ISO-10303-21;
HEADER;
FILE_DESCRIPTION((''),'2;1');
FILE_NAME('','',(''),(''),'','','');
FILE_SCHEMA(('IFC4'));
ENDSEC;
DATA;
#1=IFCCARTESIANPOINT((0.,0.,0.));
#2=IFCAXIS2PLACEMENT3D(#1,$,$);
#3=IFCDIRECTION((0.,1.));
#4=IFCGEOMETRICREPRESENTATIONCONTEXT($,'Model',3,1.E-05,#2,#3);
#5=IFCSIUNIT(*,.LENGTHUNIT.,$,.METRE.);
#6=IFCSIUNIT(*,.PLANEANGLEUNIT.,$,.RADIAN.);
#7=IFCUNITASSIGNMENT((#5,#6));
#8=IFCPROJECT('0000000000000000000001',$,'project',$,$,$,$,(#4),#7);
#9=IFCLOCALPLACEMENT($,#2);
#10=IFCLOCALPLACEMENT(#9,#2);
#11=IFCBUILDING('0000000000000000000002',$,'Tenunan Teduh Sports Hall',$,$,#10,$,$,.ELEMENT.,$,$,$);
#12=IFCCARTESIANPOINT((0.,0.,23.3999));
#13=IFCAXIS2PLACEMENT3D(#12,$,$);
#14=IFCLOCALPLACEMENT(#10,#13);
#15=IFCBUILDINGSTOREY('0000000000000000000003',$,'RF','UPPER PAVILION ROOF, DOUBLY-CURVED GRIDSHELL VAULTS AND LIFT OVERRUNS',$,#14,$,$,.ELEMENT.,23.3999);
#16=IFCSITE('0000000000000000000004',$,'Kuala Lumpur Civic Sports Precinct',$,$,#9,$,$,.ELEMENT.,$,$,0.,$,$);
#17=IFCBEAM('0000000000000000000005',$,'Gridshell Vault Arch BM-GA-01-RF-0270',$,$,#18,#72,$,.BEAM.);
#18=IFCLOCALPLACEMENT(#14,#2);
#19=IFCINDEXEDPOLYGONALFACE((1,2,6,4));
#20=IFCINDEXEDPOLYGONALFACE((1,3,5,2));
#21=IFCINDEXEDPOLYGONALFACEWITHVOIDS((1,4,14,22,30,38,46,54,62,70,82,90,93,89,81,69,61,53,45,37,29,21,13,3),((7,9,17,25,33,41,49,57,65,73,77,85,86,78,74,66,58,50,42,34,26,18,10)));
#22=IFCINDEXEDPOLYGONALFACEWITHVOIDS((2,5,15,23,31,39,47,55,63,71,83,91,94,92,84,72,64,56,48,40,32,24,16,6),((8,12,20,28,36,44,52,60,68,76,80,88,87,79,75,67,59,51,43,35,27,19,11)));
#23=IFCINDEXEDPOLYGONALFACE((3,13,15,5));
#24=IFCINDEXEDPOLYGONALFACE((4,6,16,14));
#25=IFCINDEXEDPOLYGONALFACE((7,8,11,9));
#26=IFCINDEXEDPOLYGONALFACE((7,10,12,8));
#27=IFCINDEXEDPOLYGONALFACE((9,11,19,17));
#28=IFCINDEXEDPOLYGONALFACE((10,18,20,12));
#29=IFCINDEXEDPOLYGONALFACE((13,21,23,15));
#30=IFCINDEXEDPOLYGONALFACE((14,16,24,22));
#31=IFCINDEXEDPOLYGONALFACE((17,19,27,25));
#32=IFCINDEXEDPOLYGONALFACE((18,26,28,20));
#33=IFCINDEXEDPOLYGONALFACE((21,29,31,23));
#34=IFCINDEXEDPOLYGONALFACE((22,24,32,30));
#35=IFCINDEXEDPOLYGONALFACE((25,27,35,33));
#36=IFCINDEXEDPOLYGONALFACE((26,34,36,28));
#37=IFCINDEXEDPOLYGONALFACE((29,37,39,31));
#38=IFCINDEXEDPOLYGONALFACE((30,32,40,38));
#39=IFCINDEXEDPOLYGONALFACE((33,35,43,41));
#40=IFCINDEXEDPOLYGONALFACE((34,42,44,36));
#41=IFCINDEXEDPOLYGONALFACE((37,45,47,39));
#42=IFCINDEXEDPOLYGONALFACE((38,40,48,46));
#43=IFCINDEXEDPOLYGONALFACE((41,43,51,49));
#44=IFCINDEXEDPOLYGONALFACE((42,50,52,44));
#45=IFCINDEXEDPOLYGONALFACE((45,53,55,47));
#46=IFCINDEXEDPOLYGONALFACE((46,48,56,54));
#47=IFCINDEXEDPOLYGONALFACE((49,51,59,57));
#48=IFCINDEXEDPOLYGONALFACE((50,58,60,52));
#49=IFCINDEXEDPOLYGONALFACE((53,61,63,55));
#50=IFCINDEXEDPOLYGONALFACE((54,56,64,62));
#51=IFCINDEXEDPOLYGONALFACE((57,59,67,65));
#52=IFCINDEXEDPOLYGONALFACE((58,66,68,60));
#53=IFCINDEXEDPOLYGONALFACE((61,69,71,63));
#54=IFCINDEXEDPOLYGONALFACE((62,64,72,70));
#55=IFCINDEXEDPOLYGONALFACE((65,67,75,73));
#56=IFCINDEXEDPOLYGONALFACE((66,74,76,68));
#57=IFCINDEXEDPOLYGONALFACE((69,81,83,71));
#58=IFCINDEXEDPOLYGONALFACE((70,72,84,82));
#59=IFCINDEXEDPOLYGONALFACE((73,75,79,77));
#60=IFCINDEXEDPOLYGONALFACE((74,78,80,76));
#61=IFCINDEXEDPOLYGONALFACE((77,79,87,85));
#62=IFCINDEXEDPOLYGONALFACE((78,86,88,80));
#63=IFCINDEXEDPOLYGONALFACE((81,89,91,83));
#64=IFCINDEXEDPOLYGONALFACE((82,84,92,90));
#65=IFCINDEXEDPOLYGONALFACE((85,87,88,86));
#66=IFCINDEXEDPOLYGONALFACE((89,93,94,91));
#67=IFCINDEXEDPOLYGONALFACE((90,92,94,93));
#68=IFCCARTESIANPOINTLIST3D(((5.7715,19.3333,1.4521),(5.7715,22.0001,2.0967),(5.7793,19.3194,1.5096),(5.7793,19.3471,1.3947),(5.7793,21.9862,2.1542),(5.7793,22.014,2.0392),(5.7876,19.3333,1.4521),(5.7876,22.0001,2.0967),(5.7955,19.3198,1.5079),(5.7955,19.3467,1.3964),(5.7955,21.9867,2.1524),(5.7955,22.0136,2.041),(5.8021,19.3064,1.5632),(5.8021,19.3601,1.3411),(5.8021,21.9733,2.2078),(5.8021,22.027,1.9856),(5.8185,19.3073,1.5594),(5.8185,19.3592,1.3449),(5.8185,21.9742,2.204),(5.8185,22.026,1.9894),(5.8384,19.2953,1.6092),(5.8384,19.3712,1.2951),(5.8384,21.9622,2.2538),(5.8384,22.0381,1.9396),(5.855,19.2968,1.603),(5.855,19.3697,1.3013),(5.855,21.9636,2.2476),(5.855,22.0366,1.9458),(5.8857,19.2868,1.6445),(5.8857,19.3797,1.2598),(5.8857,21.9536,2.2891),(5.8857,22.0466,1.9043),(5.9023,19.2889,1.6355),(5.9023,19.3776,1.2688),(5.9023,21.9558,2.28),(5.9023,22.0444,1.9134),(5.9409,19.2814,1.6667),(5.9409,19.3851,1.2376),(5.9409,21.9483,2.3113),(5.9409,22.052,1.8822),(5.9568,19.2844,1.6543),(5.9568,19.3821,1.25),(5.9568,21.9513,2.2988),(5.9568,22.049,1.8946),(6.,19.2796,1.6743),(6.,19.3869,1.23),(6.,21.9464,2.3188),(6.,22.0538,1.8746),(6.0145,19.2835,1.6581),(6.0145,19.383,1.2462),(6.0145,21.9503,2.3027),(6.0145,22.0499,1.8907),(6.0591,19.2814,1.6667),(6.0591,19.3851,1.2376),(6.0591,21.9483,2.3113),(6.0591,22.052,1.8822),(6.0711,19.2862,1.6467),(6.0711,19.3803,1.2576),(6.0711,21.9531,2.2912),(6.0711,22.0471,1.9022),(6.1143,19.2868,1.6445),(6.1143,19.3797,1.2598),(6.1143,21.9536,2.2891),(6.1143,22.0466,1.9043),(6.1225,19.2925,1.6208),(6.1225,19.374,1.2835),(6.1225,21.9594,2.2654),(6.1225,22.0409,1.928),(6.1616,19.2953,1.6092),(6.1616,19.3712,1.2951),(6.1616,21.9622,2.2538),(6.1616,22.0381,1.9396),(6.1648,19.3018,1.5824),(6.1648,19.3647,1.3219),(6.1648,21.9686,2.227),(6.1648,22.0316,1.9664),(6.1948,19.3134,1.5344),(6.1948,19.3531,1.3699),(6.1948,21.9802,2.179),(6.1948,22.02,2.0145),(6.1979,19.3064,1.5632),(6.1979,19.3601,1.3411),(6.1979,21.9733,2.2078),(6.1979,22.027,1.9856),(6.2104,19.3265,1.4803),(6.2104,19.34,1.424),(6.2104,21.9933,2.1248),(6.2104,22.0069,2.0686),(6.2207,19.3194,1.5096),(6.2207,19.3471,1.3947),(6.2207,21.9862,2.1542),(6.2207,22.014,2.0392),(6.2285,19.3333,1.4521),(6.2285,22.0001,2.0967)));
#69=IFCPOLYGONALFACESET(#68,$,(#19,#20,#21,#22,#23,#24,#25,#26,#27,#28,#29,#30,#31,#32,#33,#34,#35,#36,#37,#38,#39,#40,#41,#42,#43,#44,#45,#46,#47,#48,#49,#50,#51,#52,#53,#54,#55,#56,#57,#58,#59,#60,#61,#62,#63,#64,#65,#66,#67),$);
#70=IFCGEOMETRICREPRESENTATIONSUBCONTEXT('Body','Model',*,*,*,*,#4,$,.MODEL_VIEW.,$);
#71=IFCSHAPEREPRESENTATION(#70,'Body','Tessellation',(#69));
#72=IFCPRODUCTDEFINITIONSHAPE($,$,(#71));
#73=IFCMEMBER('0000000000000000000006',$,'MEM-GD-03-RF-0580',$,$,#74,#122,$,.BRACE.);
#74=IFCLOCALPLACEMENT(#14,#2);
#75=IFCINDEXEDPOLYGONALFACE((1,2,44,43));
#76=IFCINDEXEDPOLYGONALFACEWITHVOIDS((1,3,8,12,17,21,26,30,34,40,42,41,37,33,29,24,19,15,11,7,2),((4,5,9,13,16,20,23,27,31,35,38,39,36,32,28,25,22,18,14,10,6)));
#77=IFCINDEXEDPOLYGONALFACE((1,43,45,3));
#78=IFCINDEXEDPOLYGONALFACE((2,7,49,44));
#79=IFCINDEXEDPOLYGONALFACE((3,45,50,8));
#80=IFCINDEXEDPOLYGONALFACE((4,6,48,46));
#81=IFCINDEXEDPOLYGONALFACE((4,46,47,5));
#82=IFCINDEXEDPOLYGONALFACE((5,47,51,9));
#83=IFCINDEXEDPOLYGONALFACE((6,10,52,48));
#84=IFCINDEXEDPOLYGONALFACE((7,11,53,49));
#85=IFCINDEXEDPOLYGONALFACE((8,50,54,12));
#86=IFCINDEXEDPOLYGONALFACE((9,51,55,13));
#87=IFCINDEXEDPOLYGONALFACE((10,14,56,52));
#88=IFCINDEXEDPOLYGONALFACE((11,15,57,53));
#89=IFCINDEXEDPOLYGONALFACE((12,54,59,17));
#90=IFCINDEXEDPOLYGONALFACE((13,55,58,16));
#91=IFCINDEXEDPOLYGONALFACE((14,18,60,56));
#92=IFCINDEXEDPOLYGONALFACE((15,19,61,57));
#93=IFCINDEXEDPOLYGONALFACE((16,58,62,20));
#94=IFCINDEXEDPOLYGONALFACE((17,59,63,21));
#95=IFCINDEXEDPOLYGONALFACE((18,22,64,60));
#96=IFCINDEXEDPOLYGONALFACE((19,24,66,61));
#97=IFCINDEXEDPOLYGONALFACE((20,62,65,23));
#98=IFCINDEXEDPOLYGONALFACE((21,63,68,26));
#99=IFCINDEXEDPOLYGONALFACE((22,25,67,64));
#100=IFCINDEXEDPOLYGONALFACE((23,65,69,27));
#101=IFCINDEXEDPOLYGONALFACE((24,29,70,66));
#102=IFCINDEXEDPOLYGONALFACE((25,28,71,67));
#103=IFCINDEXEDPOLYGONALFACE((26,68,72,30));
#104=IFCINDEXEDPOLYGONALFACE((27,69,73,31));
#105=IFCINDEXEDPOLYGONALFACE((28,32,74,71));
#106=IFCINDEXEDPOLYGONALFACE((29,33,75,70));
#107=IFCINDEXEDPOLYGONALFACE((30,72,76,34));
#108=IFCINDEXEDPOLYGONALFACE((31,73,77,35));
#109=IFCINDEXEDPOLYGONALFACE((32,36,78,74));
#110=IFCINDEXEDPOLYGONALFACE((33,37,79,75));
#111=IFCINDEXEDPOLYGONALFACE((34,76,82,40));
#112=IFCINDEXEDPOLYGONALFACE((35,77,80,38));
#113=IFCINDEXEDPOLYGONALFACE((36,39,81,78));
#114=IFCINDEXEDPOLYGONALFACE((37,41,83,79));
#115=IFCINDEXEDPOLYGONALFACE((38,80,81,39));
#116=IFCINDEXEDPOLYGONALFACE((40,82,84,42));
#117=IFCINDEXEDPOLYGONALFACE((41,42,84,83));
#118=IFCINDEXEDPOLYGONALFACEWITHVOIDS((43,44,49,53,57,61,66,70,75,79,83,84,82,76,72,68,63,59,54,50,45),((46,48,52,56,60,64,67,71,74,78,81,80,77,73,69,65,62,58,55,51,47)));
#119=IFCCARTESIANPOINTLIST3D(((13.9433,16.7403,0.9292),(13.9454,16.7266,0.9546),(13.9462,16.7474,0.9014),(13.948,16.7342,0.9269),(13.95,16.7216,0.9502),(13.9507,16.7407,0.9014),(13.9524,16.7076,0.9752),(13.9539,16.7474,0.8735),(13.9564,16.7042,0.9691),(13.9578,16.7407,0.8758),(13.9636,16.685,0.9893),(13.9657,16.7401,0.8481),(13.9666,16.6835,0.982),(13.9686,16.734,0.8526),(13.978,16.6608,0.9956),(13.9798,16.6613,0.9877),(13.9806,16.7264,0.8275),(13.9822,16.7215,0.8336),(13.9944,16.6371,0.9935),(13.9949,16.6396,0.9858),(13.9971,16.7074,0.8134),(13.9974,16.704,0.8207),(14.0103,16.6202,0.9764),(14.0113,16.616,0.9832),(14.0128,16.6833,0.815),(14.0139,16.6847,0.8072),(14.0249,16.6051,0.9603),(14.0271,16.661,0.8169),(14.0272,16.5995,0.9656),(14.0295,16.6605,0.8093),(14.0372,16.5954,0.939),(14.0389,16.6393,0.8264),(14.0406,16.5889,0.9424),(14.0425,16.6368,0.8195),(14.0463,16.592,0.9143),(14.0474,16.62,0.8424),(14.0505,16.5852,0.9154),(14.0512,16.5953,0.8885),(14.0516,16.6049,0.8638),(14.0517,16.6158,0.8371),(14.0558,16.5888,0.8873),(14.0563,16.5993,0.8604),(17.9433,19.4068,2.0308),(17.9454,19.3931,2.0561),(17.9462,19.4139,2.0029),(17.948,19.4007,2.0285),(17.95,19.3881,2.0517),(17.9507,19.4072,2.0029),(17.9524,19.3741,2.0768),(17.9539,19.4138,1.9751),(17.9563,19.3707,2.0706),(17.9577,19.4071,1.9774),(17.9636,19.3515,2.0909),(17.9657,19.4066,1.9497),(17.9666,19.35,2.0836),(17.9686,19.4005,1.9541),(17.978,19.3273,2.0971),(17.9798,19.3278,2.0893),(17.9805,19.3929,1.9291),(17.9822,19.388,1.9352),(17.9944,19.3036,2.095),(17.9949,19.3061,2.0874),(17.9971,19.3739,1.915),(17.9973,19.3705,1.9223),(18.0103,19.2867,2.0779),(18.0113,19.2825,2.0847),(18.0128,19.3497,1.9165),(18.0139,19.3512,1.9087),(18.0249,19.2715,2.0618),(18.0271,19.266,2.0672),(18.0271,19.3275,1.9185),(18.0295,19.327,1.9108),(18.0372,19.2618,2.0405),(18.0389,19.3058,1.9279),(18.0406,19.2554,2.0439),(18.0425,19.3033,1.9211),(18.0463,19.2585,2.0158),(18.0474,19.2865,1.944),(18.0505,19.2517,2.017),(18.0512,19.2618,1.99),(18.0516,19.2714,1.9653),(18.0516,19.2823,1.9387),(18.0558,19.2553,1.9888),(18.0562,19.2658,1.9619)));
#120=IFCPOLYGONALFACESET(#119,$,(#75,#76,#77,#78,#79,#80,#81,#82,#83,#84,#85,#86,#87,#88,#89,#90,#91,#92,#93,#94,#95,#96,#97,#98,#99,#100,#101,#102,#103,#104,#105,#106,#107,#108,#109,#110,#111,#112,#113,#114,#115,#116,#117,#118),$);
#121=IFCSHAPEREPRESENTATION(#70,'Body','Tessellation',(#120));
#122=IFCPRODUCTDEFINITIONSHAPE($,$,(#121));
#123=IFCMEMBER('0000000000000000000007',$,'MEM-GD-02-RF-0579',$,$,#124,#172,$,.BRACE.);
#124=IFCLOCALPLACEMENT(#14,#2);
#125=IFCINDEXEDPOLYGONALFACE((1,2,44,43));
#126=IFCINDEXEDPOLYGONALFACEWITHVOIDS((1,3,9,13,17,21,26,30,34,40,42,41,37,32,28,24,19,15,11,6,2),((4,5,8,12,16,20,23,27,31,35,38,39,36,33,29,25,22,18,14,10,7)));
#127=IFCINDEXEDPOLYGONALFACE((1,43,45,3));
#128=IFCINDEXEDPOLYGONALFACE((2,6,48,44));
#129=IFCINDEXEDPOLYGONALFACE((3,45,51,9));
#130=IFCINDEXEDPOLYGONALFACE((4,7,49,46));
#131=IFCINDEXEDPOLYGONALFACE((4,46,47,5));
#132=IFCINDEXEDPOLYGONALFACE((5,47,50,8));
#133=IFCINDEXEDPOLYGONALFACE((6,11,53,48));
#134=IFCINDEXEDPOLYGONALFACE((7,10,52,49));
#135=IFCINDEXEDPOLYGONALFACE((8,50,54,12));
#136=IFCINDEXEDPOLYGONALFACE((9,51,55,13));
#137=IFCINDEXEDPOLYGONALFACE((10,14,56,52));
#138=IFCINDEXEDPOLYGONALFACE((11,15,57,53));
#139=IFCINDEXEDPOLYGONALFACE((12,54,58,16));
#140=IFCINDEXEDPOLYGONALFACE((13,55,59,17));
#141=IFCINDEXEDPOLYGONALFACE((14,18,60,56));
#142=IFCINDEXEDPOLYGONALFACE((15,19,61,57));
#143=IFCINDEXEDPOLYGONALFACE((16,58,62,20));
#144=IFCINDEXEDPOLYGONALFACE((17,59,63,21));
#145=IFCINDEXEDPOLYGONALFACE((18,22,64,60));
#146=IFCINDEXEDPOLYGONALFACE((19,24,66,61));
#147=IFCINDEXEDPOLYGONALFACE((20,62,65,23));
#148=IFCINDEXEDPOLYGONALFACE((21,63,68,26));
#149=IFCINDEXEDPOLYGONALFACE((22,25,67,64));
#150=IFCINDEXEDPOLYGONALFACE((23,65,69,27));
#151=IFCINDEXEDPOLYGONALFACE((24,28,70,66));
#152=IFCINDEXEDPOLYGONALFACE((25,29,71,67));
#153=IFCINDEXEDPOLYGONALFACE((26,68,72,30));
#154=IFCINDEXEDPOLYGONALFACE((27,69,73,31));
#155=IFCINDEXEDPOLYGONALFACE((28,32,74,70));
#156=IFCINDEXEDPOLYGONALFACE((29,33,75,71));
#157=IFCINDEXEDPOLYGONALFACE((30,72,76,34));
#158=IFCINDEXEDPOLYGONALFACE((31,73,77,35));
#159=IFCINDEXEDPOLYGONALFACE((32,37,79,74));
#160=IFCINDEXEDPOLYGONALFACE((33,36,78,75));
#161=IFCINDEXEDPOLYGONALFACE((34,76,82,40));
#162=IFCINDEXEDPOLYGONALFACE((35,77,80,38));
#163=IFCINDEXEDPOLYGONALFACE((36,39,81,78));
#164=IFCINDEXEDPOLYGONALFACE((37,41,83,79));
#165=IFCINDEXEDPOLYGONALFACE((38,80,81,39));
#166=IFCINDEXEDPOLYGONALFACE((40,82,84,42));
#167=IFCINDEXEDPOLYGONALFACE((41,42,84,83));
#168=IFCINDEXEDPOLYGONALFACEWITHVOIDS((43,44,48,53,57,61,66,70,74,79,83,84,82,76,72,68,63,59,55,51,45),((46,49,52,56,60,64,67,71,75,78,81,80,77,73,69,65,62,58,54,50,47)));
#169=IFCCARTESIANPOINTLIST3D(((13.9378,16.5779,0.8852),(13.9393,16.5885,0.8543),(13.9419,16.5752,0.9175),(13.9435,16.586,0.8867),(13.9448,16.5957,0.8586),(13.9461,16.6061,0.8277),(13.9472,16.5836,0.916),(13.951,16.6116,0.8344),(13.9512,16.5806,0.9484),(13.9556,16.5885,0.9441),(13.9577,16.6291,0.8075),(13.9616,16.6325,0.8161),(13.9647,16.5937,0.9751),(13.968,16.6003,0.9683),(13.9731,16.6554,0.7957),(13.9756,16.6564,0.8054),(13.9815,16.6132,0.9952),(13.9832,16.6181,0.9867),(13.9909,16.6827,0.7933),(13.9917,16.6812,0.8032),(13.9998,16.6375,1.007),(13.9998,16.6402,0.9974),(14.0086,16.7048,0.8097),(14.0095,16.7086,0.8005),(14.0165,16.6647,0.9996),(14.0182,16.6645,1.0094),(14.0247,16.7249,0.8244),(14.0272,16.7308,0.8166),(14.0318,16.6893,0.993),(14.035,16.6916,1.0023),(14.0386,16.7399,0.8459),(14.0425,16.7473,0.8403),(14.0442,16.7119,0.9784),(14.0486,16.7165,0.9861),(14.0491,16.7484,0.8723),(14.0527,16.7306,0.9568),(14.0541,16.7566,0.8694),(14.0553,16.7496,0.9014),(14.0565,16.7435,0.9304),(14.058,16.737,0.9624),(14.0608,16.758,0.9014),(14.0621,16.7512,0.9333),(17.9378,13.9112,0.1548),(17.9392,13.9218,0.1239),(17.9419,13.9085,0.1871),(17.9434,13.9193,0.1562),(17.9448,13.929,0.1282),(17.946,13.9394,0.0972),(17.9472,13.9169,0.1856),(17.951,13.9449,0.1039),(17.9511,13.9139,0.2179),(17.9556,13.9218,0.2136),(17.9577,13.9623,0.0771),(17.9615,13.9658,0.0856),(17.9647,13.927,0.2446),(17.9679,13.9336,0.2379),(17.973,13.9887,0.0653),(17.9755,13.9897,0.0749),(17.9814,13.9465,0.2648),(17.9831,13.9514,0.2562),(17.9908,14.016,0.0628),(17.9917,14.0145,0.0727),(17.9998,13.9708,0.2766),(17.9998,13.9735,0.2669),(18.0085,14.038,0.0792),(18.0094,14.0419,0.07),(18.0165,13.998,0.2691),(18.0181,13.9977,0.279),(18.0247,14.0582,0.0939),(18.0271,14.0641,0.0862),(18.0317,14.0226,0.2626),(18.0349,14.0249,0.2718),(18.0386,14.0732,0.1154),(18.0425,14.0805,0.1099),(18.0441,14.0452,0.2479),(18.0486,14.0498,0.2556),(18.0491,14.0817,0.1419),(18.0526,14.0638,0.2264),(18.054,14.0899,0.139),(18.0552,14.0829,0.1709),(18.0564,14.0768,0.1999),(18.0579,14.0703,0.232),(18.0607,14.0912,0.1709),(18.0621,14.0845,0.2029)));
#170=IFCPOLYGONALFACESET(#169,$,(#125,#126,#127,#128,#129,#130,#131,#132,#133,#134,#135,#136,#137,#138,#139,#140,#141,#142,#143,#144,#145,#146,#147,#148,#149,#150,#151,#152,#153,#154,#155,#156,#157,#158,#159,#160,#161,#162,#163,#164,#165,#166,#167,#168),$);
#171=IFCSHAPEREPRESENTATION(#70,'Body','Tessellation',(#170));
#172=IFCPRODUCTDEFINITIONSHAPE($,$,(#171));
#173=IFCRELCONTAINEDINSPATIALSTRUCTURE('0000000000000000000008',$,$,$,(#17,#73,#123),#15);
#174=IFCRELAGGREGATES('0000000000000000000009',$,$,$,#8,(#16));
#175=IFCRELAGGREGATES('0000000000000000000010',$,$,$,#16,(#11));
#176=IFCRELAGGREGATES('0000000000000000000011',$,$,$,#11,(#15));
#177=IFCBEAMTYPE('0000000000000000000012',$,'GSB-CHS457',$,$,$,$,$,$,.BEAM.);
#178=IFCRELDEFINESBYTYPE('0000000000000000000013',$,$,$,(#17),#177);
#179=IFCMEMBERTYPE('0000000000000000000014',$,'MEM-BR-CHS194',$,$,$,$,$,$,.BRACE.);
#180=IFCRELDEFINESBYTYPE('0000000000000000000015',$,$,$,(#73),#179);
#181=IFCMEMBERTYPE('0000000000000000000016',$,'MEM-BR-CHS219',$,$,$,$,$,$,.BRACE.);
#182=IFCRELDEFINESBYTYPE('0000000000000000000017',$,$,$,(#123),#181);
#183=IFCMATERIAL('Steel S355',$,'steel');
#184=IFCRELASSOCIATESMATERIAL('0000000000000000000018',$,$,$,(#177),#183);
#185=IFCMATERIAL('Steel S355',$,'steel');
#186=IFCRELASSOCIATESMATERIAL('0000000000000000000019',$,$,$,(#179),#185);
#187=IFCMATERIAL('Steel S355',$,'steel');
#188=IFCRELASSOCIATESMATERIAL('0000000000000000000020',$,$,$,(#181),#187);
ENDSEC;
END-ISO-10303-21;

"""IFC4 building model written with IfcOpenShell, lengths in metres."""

from ifc_helpers import new_model, si_unit, direction, frame, origin, origin_2d, place, context, subcontext, project, spatial, hollow_circle, extrude, material, material_profile, profile_set, type_object, element, save


model = new_model("IFC4")

# Units and contexts
model_context = context("Model", 3, precision=1e-05, world=origin(), true_north=direction((0.0, 1.0)))
body_context = subcontext(model_context, "Body", "Model", "MODEL_VIEW")
ifc_project = project(units=[si_unit("LENGTHUNIT", "METRE"), si_unit("PLANEANGLEUNIT", "RADIAN")], contexts=[model_context])

# Site, building, storey
site_placement = place(None, origin())
site = spatial("IfcSite", under=ifc_project, at=site_placement, Name="Kuala Lumpur Civic Sports Precinct", CompositionType="ELEMENT", RefElevation=0.0)
building_placement = place(site_placement, origin())
building = spatial("IfcBuilding", under=site, at=building_placement, Name="Tenunan Teduh Sports Hall", CompositionType="ELEMENT")
storey_placement = place(building_placement, frame((0.0, 0.0, 23.3999)))
storey = spatial("IfcBuildingStorey", under=building, at=storey_placement, Name="RF", Description="UPPER PAVILION ROOF, DOUBLY-CURVED GRIDSHELL VAULTS AND LIFT OVERRUNS", CompositionType="ELEMENT", Elevation=23.3999)

# Beam
ifc_material_1 = material(Name="Steel S355", Category="steel")
ifc_material_profile_1 = material_profile(ifc_material_1, hollow_circle(Radius=0.2285, WallThickness=0.0161, at=origin_2d()), Name="CHS 457.0x16.0")
ifc_profile_set_1 = profile_set([ifc_material_profile_1], Name="Steel S355")
beam_type_1 = type_object("IfcBeamType", Name="GSB-CHS457", PredefinedType="BEAM", material=ifc_profile_set_1)
beam_1_placement = place(storey_placement, frame((6.0, 19.3333, 1.4521), z_axis=(0.0, 0.972013, 0.234928), x_axis=(-1.0, 0.0, 0.0)))
element("IfcBeam", 1, at=beam_1_placement, inside=storey, type_object=beam_type_1, Name="Gridshell Vault Arch BM-GA-01-RF-0270", PredefinedType="BEAM", context=body_context, shape_type="SweptSolid", body=[
    extrude(hollow_circle(Radius=0.2285, WallThickness=0.0161, at=origin_2d()), origin(), (0.0, 0.0, 1.0), 2.7437),
])

# Members
ifc_material_2 = material(Name="Steel S355", Category="steel")
ifc_material_profile_2 = material_profile(ifc_material_2, hollow_circle(Radius=0.0969, WallThickness=0.0081, at=origin_2d()), Name="CHS 193.7x8.0")
ifc_profile_set_2 = profile_set([ifc_material_profile_2], Name="Steel S355")
member_type_1 = type_object("IfcMemberType", Name="MEM-BR-CHS194", PredefinedType="BRACE", material=ifc_profile_set_2)
member_1_placement = place(storey_placement, frame((14.0, 16.6667, 0.9014), z_axis=(0.811046, 0.540664, 0.223354), x_axis=(-0.554677, 0.832066, 0.0)))
element("IfcMember", 2, at=member_1_placement, inside=storey, type_object=member_type_1, Name="MEM-GD-03-RF-0580", PredefinedType="BRACE", context=body_context, shape_type="SweptSolid", body=[
    extrude(hollow_circle(Radius=0.0969, WallThickness=0.0081, at=origin_2d()), origin(), (0.0, 0.0, 1.0), 4.9319),
])
ifc_material_3 = material(Name="Steel S355", Category="steel")
ifc_material_profile_3 = material_profile(ifc_material_3, hollow_circle(Radius=0.1096, WallThickness=0.01, at=origin_2d()), Name="CHS 219.1x10.0")
ifc_profile_set_3 = profile_set([ifc_material_profile_3], Name="Steel S355")
member_type_2 = type_object("IfcMemberType", Name="MEM-BR-CHS219", PredefinedType="BRACE", material=ifc_profile_set_3)
member_2_placement = place(storey_placement, frame((14.0, 16.6667, 0.9014), z_axis=(0.822601, -0.548417, -0.150221), x_axis=(0.554712, 0.832042, 0.0)))
element("IfcMember", 3, at=member_2_placement, inside=storey, type_object=member_type_2, Name="MEM-GD-02-RF-0579", PredefinedType="BRACE", context=body_context, shape_type="SweptSolid", body=[
    extrude(hollow_circle(Radius=0.1096, WallThickness=0.01, at=origin_2d()), origin(), (0.0, 0.0, 1.0), 4.8625),
])

save(model, "model.ifc")
